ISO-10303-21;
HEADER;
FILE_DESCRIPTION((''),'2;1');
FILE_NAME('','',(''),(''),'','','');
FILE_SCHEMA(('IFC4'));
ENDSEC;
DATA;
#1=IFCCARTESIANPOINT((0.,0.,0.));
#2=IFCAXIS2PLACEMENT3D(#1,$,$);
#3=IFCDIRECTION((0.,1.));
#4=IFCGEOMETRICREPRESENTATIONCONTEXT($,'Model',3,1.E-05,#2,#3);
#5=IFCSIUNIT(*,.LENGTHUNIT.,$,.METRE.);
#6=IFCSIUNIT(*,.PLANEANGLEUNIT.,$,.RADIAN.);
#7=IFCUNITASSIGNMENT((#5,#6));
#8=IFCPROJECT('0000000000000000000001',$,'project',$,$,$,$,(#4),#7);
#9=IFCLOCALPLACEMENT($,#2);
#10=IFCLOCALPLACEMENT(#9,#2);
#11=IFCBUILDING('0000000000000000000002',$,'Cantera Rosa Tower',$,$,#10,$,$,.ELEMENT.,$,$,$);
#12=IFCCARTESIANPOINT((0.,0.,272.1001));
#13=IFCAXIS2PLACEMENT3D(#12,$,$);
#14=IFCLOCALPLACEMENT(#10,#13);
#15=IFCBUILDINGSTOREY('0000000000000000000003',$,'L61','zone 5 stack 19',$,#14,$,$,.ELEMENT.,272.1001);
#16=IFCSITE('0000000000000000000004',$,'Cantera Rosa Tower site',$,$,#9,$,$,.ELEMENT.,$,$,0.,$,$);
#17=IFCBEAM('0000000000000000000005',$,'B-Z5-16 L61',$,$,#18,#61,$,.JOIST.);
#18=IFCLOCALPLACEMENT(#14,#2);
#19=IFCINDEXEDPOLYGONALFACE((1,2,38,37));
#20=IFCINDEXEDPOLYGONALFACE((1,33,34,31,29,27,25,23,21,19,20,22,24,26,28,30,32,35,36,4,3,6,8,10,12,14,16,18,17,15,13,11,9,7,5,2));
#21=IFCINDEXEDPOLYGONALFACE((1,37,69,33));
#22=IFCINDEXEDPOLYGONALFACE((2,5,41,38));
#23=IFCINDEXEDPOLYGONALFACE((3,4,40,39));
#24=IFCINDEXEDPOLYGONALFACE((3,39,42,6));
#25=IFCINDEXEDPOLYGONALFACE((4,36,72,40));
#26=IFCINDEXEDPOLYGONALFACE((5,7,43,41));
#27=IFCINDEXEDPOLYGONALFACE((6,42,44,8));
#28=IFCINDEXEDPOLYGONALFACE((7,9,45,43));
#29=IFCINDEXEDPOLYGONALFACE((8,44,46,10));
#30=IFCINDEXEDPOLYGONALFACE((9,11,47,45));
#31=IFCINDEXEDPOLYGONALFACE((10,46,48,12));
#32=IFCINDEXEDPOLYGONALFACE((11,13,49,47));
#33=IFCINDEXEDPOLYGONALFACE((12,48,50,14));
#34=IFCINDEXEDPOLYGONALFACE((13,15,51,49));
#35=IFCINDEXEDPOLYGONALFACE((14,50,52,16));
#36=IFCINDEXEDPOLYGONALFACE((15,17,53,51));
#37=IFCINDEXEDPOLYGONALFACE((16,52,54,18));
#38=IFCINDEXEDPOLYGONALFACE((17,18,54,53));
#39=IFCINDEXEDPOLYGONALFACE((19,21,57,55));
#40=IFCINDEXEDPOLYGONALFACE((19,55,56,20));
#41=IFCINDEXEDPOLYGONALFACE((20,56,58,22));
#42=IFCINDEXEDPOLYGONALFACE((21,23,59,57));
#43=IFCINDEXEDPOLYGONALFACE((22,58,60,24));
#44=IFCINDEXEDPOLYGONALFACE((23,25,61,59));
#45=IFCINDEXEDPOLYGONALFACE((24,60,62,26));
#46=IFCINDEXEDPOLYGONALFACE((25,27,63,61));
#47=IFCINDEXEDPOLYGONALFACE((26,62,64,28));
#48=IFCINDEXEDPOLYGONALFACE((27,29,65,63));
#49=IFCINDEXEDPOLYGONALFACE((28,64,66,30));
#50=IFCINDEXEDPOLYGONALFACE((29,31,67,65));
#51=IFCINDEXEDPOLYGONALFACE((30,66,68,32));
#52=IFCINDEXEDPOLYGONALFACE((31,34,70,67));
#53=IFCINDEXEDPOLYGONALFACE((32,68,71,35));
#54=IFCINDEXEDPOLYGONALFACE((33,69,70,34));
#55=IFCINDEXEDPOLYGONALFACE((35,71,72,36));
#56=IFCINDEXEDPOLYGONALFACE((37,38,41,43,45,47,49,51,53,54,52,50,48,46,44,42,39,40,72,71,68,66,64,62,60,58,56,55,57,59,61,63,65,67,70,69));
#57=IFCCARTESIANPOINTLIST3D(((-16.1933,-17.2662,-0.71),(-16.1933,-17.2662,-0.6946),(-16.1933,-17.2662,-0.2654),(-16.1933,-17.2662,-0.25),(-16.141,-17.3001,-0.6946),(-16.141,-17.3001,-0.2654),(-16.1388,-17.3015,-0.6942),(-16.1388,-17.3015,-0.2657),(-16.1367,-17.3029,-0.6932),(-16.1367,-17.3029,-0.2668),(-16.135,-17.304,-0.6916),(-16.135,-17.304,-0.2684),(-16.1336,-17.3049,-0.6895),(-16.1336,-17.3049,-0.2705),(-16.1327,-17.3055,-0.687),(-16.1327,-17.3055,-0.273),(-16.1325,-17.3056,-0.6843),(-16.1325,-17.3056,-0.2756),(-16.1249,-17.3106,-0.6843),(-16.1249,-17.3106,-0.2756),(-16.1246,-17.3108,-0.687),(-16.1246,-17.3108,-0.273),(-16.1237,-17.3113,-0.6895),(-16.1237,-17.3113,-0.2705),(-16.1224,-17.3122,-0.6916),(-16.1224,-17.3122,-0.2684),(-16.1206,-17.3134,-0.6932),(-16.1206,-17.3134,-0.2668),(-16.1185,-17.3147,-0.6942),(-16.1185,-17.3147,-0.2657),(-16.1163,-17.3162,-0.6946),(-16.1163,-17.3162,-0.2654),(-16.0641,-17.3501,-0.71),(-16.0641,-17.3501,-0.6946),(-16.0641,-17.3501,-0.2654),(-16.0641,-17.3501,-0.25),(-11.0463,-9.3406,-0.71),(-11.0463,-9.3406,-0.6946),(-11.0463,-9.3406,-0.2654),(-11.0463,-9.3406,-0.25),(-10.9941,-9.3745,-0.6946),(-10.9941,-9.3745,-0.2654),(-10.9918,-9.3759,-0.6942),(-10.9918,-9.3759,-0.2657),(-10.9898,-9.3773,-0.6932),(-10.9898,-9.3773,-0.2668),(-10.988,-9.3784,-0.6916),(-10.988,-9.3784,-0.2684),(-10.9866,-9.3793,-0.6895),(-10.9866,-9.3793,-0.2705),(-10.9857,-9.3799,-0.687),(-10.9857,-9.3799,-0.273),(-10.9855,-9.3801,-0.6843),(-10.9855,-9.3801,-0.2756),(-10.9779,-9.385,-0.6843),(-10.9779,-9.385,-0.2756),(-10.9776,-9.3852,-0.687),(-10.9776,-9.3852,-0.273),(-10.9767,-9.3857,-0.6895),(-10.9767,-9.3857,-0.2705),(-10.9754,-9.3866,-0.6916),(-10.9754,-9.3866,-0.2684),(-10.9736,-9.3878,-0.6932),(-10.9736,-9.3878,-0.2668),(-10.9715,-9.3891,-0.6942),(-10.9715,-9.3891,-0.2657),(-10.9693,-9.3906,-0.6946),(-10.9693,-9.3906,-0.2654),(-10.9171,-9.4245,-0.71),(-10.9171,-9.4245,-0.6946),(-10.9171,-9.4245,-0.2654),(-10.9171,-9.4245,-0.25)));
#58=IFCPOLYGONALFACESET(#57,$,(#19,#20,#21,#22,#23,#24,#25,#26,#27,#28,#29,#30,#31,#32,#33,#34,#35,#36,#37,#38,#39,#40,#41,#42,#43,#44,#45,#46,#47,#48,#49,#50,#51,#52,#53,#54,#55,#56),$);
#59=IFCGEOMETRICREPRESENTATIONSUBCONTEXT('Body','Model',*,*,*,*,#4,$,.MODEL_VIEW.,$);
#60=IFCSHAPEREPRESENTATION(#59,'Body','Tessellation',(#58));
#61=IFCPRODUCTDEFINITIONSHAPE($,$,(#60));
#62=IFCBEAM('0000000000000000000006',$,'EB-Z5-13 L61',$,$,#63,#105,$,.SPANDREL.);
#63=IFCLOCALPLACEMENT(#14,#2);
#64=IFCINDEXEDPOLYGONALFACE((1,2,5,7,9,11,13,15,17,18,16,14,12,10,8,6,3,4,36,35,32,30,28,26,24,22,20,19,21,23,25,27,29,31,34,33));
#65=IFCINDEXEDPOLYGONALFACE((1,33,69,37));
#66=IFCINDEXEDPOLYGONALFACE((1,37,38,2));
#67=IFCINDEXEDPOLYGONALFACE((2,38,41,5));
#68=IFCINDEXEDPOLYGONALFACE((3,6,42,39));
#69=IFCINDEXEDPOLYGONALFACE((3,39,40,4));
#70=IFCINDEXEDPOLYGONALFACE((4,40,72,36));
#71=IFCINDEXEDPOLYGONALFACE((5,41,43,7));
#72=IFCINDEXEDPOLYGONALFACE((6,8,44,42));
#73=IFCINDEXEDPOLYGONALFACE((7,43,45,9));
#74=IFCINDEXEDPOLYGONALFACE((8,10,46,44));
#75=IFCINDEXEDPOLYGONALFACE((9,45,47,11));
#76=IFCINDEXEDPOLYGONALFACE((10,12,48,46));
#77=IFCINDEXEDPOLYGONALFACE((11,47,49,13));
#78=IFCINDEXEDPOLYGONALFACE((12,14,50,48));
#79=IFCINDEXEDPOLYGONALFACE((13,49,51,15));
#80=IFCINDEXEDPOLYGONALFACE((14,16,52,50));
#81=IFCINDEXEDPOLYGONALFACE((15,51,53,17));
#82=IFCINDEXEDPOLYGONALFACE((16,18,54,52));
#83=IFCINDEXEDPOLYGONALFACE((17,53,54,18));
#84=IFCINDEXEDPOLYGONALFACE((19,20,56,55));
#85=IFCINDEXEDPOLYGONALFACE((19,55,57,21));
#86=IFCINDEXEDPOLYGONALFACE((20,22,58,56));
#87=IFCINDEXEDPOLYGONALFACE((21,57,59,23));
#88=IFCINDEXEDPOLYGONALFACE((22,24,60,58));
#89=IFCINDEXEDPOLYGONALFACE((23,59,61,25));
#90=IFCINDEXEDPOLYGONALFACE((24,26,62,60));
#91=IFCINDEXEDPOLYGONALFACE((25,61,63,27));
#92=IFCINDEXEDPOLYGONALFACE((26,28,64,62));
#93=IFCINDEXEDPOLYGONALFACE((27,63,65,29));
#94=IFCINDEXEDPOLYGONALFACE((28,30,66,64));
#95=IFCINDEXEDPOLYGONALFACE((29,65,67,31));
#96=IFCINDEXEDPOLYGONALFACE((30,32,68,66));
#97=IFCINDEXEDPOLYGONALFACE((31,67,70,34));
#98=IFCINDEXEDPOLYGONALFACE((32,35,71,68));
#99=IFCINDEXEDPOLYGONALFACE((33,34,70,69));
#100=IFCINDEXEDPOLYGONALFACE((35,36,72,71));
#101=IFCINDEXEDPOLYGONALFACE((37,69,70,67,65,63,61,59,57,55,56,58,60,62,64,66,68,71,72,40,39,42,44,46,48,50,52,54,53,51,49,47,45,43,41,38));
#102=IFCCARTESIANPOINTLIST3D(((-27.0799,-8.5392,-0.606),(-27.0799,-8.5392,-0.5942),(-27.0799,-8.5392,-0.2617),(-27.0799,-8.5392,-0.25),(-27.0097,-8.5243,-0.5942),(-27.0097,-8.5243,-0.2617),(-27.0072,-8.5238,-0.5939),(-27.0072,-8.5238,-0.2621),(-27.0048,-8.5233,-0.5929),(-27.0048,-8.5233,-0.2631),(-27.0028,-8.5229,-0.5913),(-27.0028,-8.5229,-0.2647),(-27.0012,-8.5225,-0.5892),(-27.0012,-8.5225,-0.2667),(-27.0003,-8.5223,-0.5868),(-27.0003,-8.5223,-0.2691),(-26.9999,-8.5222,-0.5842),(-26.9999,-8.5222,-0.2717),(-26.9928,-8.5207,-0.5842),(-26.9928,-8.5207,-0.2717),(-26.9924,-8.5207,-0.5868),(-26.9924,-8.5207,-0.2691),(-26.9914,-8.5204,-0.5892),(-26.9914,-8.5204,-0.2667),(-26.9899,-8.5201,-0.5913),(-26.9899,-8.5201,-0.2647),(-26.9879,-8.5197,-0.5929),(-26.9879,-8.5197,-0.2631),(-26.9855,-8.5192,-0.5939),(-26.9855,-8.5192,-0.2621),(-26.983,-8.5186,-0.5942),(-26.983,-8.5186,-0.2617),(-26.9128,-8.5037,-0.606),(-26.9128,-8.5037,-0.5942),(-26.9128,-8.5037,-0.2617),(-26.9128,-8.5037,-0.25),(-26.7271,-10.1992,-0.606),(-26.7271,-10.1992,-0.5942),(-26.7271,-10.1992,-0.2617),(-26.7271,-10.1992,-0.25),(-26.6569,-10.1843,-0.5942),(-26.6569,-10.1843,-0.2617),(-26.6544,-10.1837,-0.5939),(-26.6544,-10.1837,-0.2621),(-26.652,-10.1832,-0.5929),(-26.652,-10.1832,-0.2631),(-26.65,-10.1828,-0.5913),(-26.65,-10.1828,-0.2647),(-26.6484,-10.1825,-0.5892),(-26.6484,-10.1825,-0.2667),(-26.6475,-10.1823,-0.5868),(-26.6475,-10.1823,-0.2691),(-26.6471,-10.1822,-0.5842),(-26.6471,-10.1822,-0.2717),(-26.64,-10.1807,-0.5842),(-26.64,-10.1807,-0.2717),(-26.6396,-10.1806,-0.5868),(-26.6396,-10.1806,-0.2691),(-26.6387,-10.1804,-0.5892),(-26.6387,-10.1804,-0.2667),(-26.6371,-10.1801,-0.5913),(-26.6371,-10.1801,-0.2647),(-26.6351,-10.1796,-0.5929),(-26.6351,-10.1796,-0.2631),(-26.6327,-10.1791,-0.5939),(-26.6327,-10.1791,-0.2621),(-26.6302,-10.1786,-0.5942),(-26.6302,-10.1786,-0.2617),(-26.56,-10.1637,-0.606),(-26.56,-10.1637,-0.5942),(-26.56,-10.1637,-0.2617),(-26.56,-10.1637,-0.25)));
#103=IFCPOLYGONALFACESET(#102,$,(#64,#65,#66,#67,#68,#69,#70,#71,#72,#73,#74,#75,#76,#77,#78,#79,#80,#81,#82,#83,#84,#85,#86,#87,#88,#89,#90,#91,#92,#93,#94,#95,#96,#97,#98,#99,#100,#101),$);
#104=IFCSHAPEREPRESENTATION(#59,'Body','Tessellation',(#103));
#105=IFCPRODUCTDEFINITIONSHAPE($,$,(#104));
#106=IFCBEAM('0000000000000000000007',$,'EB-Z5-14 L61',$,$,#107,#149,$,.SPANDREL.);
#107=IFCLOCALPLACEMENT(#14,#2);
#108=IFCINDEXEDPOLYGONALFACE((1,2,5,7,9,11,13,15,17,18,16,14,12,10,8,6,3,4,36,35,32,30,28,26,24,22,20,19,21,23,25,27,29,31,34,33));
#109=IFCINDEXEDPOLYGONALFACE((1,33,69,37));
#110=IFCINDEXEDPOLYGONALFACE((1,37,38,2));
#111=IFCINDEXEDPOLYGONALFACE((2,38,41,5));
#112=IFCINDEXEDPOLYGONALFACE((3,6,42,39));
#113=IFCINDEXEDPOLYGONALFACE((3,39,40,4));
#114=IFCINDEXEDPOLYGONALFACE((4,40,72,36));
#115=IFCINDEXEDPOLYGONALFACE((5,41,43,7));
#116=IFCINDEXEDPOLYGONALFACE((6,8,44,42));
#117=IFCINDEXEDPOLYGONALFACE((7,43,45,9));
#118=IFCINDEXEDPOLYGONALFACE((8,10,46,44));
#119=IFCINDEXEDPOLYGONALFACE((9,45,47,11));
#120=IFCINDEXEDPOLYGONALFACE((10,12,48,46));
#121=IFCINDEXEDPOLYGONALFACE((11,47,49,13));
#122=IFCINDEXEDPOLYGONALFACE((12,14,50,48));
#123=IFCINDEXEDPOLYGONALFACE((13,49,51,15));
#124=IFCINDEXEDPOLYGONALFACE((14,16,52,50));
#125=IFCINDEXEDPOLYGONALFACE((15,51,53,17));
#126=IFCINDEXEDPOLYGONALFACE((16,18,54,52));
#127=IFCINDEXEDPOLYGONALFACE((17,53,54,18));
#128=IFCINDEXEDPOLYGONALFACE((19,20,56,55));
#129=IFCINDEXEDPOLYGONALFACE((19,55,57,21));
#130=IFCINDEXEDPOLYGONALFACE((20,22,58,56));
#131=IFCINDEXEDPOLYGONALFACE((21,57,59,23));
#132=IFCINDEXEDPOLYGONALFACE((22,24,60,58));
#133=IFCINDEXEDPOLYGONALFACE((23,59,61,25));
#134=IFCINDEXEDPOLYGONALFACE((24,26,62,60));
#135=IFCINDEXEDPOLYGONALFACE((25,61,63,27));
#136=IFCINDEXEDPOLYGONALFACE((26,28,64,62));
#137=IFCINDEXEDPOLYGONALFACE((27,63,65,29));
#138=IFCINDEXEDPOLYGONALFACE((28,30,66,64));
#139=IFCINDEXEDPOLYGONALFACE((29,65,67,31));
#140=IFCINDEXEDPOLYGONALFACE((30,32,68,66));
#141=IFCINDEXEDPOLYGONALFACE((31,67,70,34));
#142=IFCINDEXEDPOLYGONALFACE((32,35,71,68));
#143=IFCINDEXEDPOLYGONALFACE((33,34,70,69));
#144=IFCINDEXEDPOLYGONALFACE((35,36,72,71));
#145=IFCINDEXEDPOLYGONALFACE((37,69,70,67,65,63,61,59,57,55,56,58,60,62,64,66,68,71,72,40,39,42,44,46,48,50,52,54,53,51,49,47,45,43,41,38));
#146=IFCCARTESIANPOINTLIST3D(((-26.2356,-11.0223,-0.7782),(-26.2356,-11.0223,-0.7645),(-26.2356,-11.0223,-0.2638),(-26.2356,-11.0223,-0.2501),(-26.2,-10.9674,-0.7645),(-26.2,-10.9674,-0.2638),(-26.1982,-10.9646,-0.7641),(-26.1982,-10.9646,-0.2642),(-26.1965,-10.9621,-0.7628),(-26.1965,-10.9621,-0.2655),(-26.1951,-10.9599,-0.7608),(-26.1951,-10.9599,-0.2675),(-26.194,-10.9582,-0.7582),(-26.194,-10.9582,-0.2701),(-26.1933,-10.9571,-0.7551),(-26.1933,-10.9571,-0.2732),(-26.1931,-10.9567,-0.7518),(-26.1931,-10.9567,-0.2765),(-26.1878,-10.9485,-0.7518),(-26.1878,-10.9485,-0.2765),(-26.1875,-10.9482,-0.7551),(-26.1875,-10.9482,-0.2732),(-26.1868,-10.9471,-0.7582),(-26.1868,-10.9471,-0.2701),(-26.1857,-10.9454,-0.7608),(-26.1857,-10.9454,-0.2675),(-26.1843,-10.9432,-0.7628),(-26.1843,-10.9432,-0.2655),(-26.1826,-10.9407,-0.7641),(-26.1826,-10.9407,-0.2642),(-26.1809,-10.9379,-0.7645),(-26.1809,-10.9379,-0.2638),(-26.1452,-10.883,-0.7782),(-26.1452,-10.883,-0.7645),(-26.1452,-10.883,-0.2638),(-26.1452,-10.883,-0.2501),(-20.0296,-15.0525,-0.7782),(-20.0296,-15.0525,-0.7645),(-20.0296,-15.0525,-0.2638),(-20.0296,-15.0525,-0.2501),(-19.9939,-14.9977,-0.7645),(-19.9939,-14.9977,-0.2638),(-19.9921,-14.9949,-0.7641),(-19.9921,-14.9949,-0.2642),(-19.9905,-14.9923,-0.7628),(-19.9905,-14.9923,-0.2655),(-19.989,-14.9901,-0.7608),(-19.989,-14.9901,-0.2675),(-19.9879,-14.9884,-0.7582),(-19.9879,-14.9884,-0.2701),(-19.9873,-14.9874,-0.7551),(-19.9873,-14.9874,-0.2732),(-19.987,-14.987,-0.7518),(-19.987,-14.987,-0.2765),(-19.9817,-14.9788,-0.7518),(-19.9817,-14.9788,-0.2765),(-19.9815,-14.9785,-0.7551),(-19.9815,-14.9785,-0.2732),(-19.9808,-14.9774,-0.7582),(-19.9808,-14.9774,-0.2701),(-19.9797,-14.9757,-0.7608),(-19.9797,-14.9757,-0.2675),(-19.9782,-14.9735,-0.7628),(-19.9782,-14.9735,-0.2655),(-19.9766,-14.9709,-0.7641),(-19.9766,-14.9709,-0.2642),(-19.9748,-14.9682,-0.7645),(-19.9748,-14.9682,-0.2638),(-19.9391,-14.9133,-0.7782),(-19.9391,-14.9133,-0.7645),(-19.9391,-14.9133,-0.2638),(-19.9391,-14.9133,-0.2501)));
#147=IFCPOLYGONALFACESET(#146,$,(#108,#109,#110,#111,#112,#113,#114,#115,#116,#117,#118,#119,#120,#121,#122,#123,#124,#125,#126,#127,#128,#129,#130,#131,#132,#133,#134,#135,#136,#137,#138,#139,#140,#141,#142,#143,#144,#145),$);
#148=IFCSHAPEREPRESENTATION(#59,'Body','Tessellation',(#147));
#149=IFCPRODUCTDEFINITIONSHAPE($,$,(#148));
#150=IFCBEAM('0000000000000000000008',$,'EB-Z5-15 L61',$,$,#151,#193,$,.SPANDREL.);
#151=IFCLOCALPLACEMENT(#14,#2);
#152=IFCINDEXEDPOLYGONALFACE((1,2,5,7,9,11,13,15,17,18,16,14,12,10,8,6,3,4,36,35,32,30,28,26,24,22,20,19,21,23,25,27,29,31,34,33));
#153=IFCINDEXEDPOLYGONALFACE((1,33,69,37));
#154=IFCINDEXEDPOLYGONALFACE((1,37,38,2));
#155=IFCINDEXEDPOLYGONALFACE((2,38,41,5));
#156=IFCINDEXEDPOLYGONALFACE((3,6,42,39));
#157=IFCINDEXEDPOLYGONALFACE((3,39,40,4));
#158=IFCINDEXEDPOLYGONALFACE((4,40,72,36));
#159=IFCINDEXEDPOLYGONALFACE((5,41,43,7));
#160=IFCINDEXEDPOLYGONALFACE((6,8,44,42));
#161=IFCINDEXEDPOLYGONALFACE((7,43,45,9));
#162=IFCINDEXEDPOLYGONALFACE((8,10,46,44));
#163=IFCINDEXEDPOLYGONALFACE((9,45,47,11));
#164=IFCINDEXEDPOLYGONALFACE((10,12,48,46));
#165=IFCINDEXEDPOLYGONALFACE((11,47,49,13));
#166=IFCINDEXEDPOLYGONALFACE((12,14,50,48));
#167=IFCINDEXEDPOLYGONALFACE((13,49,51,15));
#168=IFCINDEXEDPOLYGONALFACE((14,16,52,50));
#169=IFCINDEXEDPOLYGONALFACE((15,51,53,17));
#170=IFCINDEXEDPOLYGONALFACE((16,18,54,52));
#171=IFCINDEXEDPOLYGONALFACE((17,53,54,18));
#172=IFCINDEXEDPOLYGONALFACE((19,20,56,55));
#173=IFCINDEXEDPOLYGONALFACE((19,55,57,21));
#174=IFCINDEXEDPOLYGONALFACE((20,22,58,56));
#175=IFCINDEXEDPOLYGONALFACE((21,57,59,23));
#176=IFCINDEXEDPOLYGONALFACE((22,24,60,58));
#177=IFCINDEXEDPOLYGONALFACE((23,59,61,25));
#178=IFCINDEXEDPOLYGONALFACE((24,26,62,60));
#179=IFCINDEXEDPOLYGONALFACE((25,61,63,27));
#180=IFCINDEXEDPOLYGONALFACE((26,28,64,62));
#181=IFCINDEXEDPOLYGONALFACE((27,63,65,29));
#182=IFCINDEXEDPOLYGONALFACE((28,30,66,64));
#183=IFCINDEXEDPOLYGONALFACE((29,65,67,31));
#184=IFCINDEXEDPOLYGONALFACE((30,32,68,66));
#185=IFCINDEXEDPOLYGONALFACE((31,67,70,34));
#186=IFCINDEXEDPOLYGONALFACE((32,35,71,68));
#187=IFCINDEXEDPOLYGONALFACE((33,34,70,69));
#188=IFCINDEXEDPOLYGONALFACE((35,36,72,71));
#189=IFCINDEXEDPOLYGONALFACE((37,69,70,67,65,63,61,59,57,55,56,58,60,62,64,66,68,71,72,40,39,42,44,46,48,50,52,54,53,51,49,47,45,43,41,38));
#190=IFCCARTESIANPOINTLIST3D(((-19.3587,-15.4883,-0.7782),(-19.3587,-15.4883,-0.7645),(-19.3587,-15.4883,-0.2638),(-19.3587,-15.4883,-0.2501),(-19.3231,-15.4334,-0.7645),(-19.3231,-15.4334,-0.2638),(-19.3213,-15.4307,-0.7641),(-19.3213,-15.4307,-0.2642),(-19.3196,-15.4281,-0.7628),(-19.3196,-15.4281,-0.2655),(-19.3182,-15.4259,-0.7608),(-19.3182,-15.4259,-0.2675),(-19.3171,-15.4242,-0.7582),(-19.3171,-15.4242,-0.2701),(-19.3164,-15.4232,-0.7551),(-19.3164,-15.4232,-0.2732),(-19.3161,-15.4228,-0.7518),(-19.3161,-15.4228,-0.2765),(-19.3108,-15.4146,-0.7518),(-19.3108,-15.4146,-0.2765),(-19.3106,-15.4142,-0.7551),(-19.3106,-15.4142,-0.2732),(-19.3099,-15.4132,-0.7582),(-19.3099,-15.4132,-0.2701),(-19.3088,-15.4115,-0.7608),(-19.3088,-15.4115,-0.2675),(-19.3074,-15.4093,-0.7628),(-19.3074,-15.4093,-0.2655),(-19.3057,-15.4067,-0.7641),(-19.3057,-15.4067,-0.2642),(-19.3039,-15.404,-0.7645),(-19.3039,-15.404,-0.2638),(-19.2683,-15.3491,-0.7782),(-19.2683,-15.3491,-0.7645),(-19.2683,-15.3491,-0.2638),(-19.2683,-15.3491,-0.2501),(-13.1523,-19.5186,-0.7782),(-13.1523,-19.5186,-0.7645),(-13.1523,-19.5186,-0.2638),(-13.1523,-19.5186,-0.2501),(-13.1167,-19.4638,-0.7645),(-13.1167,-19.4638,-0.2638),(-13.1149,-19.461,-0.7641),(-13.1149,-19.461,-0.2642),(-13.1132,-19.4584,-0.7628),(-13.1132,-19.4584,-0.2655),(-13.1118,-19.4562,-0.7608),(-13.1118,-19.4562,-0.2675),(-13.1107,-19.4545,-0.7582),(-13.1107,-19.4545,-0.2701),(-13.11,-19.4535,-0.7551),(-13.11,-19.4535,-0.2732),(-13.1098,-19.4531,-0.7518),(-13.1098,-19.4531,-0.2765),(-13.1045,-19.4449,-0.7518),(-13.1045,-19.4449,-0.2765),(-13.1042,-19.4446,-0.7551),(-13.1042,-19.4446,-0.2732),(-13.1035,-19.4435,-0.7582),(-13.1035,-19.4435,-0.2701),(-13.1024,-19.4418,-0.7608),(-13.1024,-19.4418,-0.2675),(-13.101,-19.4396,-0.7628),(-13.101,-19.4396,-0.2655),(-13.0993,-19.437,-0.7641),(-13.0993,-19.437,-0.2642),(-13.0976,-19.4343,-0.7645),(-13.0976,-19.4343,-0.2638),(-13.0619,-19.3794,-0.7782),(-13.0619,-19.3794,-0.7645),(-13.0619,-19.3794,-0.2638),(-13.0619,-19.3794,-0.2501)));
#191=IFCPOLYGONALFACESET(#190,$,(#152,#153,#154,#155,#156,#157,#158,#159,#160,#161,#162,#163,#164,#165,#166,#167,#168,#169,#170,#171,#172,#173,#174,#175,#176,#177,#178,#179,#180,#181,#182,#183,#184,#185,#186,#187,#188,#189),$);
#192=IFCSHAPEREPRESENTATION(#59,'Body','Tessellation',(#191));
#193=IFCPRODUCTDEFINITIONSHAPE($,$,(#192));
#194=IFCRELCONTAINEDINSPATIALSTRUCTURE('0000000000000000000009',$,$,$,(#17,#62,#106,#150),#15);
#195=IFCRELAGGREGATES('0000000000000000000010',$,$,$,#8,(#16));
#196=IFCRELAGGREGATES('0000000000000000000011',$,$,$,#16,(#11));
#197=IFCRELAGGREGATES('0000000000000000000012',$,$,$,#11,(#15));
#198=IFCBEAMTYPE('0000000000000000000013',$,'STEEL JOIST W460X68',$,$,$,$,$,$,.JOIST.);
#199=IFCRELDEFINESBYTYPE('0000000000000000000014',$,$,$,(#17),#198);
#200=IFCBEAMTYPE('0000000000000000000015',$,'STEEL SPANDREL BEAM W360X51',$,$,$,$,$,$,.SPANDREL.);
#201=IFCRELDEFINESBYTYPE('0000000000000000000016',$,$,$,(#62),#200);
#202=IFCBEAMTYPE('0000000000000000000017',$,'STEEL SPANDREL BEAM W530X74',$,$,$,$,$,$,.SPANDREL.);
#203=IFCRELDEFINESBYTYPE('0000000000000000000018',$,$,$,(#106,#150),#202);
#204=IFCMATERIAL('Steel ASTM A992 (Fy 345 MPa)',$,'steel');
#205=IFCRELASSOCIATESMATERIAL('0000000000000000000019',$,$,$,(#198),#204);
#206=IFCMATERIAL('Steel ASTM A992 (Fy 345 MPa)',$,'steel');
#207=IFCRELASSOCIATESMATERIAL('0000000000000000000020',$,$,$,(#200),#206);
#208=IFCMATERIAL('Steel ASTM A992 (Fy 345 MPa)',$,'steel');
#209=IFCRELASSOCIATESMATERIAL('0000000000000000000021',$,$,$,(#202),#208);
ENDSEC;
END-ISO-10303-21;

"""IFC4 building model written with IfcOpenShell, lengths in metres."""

from ifc_helpers import new_model, si_unit, direction, frame, origin, origin_2d, place, context, subcontext, project, spatial, i_section, extrude, material, material_profile, profile_set, type_object, element, save


model = new_model("IFC4")

# Units and contexts
model_context = context("Model", 3, precision=1e-05, world=origin(), true_north=direction((0.0, 1.0)))
body_context = subcontext(model_context, "Body", "Model", "MODEL_VIEW")
ifc_project = project(units=[si_unit("LENGTHUNIT", "METRE"), si_unit("PLANEANGLEUNIT", "RADIAN")], contexts=[model_context])

# Site, building, storey
site_placement = place(None, origin())
site = spatial("IfcSite", under=ifc_project, at=site_placement, Name="Cantera Rosa Tower site", CompositionType="ELEMENT", RefElevation=0.0)
building_placement = place(site_placement, origin())
building = spatial("IfcBuilding", under=site, at=building_placement, Name="Cantera Rosa Tower", CompositionType="ELEMENT")
storey_placement = place(building_placement, frame((0.0, 0.0, 272.1001)))
storey = spatial("IfcBuildingStorey", under=building, at=storey_placement, Name="L61", Description="zone 5 stack 19", CompositionType="ELEMENT", Elevation=272.1001)

# Beams
ifc_material_1 = material(Name="Steel ASTM A992 (Fy 345 MPa)", Category="steel")
ifc_material_profile_1 = material_profile(ifc_material_1, i_section(OverallWidth=0.1541, OverallDepth=0.46, WebThickness=0.009, FlangeThickness=0.0154, FilletRadius=0.0103, at=origin_2d()), Name="W460X68")
ifc_profile_set_1 = profile_set([ifc_material_profile_1], Name="Steel ASTM A992 (Fy 345 MPa)")
beam_type_1 = type_object("IfcBeamType", Name="STEEL JOIST W460X68", PredefinedType="JOIST", material=ifc_profile_set_1)
beam_1_placement = place(storey_placement, frame((-16.1287, -17.3081, -0.48), z_axis=(0.544644, 0.838667, 0.0), x_axis=(-0.838667, 0.544644, 0.0)))
element("IfcBeam", 1, at=beam_1_placement, inside=storey, type_object=beam_type_1, Name="B-Z5-16 L61", PredefinedType="JOIST", context=body_context, shape_type="SweptSolid", body=[
    extrude(i_section(OverallWidth=0.1541, OverallDepth=0.46, WebThickness=0.009, FlangeThickness=0.0154, FilletRadius=0.0103, at=origin_2d()), origin(), (0.0, 0.0, 1.0), 9.4502),
])
ifc_material_2 = material(Name="Steel ASTM A992 (Fy 345 MPa)", Category="steel")
ifc_material_profile_2 = material_profile(ifc_material_2, i_section(OverallWidth=0.1709, OverallDepth=0.356, WebThickness=0.0073, FlangeThickness=0.0117, FilletRadius=0.01, at=origin_2d()), Name="W360X51")
ifc_profile_set_2 = profile_set([ifc_material_profile_2], Name="Steel ASTM A992 (Fy 345 MPa)")
beam_type_2 = type_object("IfcBeamType", Name="STEEL SPANDREL BEAM W360X51", PredefinedType="SPANDREL", material=ifc_profile_set_2)
beam_2_placement = place(storey_placement, frame((-26.9963, -8.5215, -0.428), z_axis=(0.207888, -0.978153, 0.0), x_axis=(0.978153, 0.207888, 0.0)))
element("IfcBeam", 2, at=beam_2_placement, inside=storey, type_object=beam_type_2, Name="EB-Z5-13 L61", PredefinedType="SPANDREL", context=body_context, shape_type="SweptSolid", body=[
    extrude(i_section(OverallWidth=0.1709, OverallDepth=0.356, WebThickness=0.0073, FlangeThickness=0.0117, FilletRadius=0.01, at=origin_2d()), origin(), (0.0, 0.0, 1.0), 1.697),
])
ifc_material_3 = material(Name="Steel ASTM A992 (Fy 345 MPa)", Category="steel")
ifc_material_profile_3 = material_profile(ifc_material_3, i_section(OverallWidth=0.166, OverallDepth=0.5281, WebThickness=0.0098, FlangeThickness=0.0137, FilletRadius=0.0127, at=origin_2d()), Name="W530X74")
ifc_profile_set_3 = profile_set([ifc_material_profile_3], Name="Steel ASTM A992 (Fy 345 MPa)")
beam_type_3 = type_object("IfcBeamType", Name="STEEL SPANDREL BEAM W530X74", PredefinedType="SPANDREL", material=ifc_profile_set_3)
beam_3_placement = place(storey_placement, frame((-26.1904, -10.9526, -0.5142), z_axis=(0.83867, -0.54464, 0.0), x_axis=(0.54464, 0.83867, 0.0)))
element("IfcBeam", 3, at=beam_3_placement, inside=storey, type_object=beam_type_3, Name="EB-Z5-14 L61", PredefinedType="SPANDREL", context=body_context, shape_type="SweptSolid", body=[
    extrude(i_section(OverallWidth=0.166, OverallDepth=0.5281, WebThickness=0.0098, FlangeThickness=0.0137, FilletRadius=0.0127, at=origin_2d()), origin(), (0.0, 0.0, 1.0), 7.3999),
])
beam_4_placement = place(storey_placement, frame((-19.3135, -15.4187, -0.5142), z_axis=(0.838679, -0.544625, 0.0), x_axis=(0.544625, 0.838679, 0.0)))
element("IfcBeam", 4, at=beam_4_placement, inside=storey, type_object=beam_type_3, Name="EB-Z5-15 L61", PredefinedType="SPANDREL", context=body_context, shape_type="SweptSolid", body=[
    extrude(i_section(OverallWidth=0.166, OverallDepth=0.5281, WebThickness=0.0098, FlangeThickness=0.0137, FilletRadius=0.0127, at=origin_2d()), origin(), (0.0, 0.0, 1.0), 7.4001),
])

save(model, "model.ifc")
